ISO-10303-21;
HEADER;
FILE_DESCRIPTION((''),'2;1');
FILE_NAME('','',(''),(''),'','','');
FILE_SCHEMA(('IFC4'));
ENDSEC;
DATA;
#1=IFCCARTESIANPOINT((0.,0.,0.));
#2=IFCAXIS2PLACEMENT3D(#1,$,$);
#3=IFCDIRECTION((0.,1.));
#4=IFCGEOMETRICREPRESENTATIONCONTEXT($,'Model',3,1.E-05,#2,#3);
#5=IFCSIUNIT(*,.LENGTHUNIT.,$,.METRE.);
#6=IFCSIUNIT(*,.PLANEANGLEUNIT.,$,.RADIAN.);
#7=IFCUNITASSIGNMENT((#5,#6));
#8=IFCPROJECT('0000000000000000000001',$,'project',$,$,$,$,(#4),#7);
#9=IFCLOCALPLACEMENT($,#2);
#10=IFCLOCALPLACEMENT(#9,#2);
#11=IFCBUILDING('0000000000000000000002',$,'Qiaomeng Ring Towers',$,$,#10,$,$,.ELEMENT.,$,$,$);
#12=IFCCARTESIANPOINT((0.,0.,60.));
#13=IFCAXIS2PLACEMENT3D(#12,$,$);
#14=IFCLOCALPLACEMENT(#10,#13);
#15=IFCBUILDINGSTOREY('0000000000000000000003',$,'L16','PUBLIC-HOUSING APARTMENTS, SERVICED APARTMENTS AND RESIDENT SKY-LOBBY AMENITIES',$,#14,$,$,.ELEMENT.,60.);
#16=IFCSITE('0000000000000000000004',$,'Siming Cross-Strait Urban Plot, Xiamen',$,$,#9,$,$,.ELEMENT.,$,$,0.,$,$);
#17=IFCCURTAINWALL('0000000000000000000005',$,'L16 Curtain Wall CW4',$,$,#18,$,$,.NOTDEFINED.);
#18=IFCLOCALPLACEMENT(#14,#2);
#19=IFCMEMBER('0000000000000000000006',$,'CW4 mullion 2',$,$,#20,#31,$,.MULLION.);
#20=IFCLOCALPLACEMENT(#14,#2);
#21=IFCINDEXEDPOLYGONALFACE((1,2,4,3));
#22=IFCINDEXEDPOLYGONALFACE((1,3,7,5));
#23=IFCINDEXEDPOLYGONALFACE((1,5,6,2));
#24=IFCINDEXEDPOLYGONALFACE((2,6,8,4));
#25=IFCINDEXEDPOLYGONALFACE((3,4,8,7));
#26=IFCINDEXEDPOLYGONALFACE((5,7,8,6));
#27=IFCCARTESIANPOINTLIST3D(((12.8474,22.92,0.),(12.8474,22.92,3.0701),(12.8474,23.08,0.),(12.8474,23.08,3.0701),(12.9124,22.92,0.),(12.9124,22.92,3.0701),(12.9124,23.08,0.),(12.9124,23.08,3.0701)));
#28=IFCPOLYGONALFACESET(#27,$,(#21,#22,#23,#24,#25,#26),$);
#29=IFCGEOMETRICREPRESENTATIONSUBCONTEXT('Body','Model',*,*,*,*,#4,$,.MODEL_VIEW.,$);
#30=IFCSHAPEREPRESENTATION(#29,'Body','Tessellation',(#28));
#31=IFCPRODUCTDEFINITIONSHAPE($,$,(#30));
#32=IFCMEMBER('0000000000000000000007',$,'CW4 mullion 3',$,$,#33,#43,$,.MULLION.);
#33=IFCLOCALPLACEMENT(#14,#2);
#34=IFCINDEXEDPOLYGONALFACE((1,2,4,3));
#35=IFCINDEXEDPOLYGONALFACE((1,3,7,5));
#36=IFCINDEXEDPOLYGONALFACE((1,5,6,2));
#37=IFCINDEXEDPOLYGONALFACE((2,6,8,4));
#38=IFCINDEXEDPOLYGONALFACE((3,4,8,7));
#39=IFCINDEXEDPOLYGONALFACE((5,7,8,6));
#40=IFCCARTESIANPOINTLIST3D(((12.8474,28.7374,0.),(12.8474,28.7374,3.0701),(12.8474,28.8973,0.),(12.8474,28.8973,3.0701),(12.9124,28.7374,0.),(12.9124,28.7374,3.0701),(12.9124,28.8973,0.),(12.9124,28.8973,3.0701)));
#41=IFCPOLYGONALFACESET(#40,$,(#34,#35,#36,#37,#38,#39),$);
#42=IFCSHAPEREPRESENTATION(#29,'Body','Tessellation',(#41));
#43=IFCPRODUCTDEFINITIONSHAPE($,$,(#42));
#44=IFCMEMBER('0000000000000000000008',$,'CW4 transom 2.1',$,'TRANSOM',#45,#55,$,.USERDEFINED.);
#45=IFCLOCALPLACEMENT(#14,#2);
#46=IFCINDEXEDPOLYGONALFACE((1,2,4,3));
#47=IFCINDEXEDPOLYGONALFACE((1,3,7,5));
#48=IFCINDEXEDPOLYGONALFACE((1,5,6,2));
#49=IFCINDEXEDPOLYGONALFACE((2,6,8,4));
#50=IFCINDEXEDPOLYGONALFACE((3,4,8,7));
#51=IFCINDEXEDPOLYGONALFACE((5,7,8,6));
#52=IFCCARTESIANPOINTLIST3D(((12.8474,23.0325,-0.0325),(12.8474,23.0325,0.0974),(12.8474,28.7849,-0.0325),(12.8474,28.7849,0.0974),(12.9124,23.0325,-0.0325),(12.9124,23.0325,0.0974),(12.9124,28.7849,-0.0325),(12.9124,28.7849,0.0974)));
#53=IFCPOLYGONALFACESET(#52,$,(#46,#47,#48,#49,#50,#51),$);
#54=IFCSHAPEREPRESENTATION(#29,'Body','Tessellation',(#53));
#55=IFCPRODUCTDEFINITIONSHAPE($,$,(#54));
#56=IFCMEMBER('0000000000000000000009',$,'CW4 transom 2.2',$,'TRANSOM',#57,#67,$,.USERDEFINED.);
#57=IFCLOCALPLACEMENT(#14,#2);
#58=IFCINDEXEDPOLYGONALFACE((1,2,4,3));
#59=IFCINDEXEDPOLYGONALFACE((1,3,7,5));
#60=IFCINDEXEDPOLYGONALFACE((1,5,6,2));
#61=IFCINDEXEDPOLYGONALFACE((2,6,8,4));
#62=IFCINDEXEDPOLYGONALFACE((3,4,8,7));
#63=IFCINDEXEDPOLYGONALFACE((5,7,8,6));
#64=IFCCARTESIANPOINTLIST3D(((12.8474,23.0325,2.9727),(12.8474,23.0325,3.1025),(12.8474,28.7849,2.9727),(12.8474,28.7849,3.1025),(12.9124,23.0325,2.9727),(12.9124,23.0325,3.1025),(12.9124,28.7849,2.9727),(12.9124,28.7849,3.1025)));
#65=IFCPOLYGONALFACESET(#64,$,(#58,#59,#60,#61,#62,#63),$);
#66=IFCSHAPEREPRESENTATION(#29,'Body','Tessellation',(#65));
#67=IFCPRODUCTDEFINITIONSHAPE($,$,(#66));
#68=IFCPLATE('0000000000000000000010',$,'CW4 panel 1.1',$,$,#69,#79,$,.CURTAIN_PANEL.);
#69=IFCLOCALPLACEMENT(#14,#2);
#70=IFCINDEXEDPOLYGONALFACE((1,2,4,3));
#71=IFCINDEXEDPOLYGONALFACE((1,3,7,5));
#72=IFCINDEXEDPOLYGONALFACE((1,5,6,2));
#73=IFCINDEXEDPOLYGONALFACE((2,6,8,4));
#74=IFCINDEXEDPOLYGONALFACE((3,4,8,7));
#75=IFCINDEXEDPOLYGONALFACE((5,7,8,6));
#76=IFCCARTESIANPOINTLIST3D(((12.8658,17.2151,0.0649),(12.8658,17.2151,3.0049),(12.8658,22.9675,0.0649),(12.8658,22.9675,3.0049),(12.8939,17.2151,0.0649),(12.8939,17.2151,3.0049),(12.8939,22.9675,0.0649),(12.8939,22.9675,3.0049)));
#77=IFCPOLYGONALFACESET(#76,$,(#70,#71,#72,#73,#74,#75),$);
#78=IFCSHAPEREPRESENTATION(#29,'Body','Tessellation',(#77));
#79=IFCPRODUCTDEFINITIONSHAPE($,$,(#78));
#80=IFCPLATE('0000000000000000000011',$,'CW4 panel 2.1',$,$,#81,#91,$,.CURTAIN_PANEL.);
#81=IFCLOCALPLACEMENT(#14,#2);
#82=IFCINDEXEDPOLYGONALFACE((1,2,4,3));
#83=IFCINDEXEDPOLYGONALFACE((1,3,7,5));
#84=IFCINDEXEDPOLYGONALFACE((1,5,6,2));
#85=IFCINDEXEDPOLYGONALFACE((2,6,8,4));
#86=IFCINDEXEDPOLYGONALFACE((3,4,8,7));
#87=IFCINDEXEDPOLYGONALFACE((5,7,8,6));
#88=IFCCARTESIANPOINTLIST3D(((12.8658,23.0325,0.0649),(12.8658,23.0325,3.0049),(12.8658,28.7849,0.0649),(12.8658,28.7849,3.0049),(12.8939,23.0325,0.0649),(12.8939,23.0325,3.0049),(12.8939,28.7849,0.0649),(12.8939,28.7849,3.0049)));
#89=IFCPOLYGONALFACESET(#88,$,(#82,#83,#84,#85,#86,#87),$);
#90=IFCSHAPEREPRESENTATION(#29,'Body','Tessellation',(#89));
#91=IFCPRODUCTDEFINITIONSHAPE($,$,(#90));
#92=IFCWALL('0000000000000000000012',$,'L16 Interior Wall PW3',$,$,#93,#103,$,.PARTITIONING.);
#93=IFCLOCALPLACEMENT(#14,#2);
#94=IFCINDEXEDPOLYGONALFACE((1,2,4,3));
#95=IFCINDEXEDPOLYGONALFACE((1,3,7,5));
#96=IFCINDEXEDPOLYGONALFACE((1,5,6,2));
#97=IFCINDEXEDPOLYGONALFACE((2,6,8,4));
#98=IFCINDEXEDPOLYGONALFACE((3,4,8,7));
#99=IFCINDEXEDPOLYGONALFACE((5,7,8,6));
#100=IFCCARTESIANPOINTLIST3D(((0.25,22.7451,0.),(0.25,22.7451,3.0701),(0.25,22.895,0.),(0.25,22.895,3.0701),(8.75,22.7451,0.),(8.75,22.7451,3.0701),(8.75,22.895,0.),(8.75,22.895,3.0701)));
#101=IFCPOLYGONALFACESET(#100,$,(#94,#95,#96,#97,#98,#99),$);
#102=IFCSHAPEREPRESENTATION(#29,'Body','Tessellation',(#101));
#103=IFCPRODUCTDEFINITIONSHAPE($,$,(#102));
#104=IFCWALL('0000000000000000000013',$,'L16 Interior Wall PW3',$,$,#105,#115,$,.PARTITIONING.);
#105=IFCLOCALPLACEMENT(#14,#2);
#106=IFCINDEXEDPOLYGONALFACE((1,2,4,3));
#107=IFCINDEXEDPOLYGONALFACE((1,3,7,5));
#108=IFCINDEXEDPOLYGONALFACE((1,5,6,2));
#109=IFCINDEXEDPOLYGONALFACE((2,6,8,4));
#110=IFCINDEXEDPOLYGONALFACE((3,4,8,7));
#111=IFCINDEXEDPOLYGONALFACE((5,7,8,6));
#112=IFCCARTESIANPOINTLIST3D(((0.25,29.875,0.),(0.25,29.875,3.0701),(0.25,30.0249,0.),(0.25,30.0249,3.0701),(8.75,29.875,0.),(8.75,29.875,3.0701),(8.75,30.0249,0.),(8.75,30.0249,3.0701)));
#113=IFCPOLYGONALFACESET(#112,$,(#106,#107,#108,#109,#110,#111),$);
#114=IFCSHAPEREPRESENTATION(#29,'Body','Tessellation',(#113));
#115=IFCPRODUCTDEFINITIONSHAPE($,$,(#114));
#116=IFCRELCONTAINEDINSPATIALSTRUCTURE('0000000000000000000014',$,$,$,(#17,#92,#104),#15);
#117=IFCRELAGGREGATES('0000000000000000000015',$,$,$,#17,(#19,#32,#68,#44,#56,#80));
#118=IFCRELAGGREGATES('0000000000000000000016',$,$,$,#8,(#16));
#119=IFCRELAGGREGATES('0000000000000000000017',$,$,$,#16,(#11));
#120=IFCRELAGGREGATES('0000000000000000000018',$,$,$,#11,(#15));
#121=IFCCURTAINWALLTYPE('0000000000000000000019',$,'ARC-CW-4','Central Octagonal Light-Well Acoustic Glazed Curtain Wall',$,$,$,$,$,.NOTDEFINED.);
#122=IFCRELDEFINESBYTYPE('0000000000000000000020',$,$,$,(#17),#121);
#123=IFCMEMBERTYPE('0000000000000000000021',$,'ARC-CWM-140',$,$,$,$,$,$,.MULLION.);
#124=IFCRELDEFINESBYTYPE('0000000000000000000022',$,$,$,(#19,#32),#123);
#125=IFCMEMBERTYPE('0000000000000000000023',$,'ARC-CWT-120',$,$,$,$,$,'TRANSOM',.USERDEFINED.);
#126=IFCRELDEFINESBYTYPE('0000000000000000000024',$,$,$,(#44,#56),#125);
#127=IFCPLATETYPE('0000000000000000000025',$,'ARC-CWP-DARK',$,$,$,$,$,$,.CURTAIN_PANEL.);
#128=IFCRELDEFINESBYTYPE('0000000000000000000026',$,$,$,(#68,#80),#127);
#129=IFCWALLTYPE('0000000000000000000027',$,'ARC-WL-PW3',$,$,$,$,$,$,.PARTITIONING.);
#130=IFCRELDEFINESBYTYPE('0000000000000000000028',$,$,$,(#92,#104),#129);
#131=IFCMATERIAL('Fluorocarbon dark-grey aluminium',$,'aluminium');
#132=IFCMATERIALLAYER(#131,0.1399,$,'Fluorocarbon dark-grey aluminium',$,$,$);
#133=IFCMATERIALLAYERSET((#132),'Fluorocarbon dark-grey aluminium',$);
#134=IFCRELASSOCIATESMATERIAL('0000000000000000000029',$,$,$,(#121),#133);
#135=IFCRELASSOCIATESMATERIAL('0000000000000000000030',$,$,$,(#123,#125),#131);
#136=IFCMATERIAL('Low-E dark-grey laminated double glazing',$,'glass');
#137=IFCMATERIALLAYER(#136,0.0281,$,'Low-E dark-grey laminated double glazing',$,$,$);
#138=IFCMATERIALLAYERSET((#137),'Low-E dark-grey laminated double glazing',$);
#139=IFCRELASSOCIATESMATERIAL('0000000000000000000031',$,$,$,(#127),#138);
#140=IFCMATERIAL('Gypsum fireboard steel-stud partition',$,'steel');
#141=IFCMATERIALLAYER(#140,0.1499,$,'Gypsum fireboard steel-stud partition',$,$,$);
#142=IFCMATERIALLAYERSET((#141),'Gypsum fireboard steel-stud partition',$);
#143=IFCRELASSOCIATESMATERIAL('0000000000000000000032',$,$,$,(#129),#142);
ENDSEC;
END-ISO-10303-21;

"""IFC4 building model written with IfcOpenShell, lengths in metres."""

from ifc_helpers import new_model, si_unit, direction, frame, frame_2d, origin, origin_2d, place, context, subcontext, project, spatial, rectangle, extrude, source, transform, mapped, material, layer, layer_set, material_profile, profile_set, type_object, element, aggregate, save


model = new_model("IFC4")

# Units and contexts
model_context = context("Model", 3, precision=1e-05, world=origin(), true_north=direction((0.0, 1.0)))
body_context = subcontext(model_context, "Body", "Model", "MODEL_VIEW")
ifc_project = project(units=[si_unit("LENGTHUNIT", "METRE"), si_unit("PLANEANGLEUNIT", "RADIAN")], contexts=[model_context])

# Site, building, storey
site_placement = place(None, origin())
site = spatial("IfcSite", under=ifc_project, at=site_placement, Name="Siming Cross-Strait Urban Plot, Xiamen", CompositionType="ELEMENT", RefElevation=0.0)
building_placement = place(site_placement, origin())
building = spatial("IfcBuilding", under=site, at=building_placement, Name="Qiaomeng Ring Towers", CompositionType="ELEMENT")
storey_placement = place(building_placement, frame((0.0, 0.0, 60.0)))
storey = spatial("IfcBuildingStorey", under=building, at=storey_placement, Name="L16", Description="PUBLIC-HOUSING APARTMENTS, SERVICED APARTMENTS AND RESIDENT SKY-LOBBY AMENITIES", CompositionType="ELEMENT", Elevation=60.0)

# Curtain wall, members, plates
ifc_material_1 = material(Name="Fluorocarbon dark-grey aluminium", Category="aluminium")
ifc_layer_1 = layer(ifc_material_1, 0.1399, Name="Fluorocarbon dark-grey aluminium")
ifc_layer_set_1 = layer_set([ifc_layer_1], Name="Fluorocarbon dark-grey aluminium")
curtain_wall_type = type_object("IfcCurtainWallType", Name="ARC-CW-4", Description="Central Octagonal Light-Well Acoustic Glazed Curtain Wall", PredefinedType="NOTDEFINED", material=ifc_layer_set_1)
curtain_wall_placement = place(storey_placement, origin())
curtain_wall = element("IfcCurtainWall", 1, at=curtain_wall_placement, inside=storey, type_object=curtain_wall_type, Name="L16 Curtain Wall CW4", PredefinedType="NOTDEFINED")
ifc_material_profile_1 = material_profile(ifc_material_1, rectangle(XDim=0.0649, YDim=0.1599, at=origin_2d()), Name="ALU MULL 65x160")
ifc_profile_set_1 = profile_set([ifc_material_profile_1], Name="Fluorocarbon dark-grey aluminium")
member_type_1 = type_object("IfcMemberType", Name="ARC-CWM-140", PredefinedType="MULLION", material=ifc_profile_set_1)
shared_shape_1 = source(origin(), body_context, "Body", "SweptSolid", [
    extrude(rectangle(XDim=0.0649, YDim=0.1599, at=origin_2d()), origin(), (0.0, 0.0, 1.0), 3.0701),
])
member_1_placement = place(storey_placement, frame((12.8799, 23.0, 0.0), z_axis=(0.0, 0.0, 1.0), x_axis=(-1.0, 0.0, 0.0)))
member_1 = element("IfcMember", 2, at=member_1_placement, type_object=member_type_1, Name="CW4 mullion 2", PredefinedType="MULLION", context=body_context, shape_type="MappedRepresentation", body=[
    mapped(shared_shape_1, transform((0.0, 0.0, 0.0), x_axis=(1.0, 0.0, 0.0), y_axis=(0.0, 1.0, 0.0), z_axis=(0.0, 0.0, 1.0), scale=1.0)),
])
member_2_placement = place(storey_placement, frame((12.8799, 28.8174, 0.0), z_axis=(0.0, 0.0, 1.0), x_axis=(-1.0, 0.0, 0.0)))
member_2 = element("IfcMember", 3, at=member_2_placement, type_object=member_type_1, Name="CW4 mullion 3", PredefinedType="MULLION", context=body_context, shape_type="MappedRepresentation", body=[
    mapped(shared_shape_1, transform((0.0, 0.0, 0.0), x_axis=(1.0, 0.0, 0.0), y_axis=(0.0, 1.0, 0.0), z_axis=(0.0, 0.0, 1.0), scale=1.0)),
])
ifc_material_profile_2 = material_profile(ifc_material_1, rectangle(XDim=0.0649, YDim=0.1299, at=origin_2d()), Name="ALU TRAN 65x130")
ifc_profile_set_2 = profile_set([ifc_material_profile_2], Name="Fluorocarbon dark-grey aluminium")
member_type_2 = type_object("IfcMemberType", Name="ARC-CWT-120", ElementType="TRANSOM", PredefinedType="USERDEFINED", material=ifc_profile_set_2)
shared_shape_2 = source(origin(), body_context, "Body", "SweptSolid", [
    extrude(rectangle(XDim=0.0649, YDim=0.1299, at=origin_2d()), origin(), (0.0, 0.0, 1.0), 5.7524),
])
member_3_placement = place(storey_placement, frame((12.8799, 23.0325, 0.0325), z_axis=(0.0, 1.0, 0.0), x_axis=(-1.0, 0.0, 0.0)))
member_3 = element("IfcMember", 4, at=member_3_placement, type_object=member_type_2, Name="CW4 transom 2.1", ObjectType="TRANSOM", PredefinedType="USERDEFINED", context=body_context, shape_type="MappedRepresentation", body=[
    mapped(shared_shape_2, transform((0.0, 0.0, 0.0), x_axis=(1.0, 0.0, 0.0), y_axis=(0.0, 1.0, 0.0), z_axis=(0.0, 0.0, 1.0), scale=1.0)),
])
member_4_placement = place(storey_placement, frame((12.8799, 23.0325, 3.0376), z_axis=(0.0, 1.0, 0.0), x_axis=(-1.0, 0.0, 0.0)))
member_4 = element("IfcMember", 5, at=member_4_placement, type_object=member_type_2, Name="CW4 transom 2.2", ObjectType="TRANSOM", PredefinedType="USERDEFINED", context=body_context, shape_type="MappedRepresentation", body=[
    mapped(shared_shape_2, transform((0.0, 0.0, 0.0), x_axis=(1.0, 0.0, 0.0), y_axis=(0.0, 1.0, 0.0), z_axis=(0.0, 0.0, 1.0), scale=1.0)),
])
ifc_material_2 = material(Name="Low-E dark-grey laminated double glazing", Category="glass")
ifc_layer_2 = layer(ifc_material_2, 0.0281, Name="Low-E dark-grey laminated double glazing")
ifc_layer_set_2 = layer_set([ifc_layer_2], Name="Low-E dark-grey laminated double glazing")
plate_type = type_object("IfcPlateType", Name="ARC-CWP-DARK", PredefinedType="CURTAIN_PANEL", material=ifc_layer_set_2)
shared_shape_3 = source(origin(), body_context, "Body", "SweptSolid", [
    extrude(rectangle(XDim=5.7524, YDim=0.0281, at=origin_2d()), origin(), (0.0, 0.0, 1.0), 2.9399),
])
plate_1_placement = place(storey_placement, frame((12.8799, 20.0913, 0.0649), z_axis=(0.0, 0.0, 1.0), x_axis=(0.0, 1.0, 0.0)))
plate_1 = element("IfcPlate", 6, at=plate_1_placement, type_object=plate_type, Name="CW4 panel 1.1", PredefinedType="CURTAIN_PANEL", context=body_context, shape_type="MappedRepresentation", body=[
    mapped(shared_shape_3, transform((0.0, 0.0, 0.0), x_axis=(1.0, 0.0, 0.0), y_axis=(0.0, 1.0, 0.0), z_axis=(0.0, 0.0, 1.0), scale=1.0)),
])
plate_2_placement = place(storey_placement, frame((12.8799, 25.9087, 0.0649), z_axis=(0.0, 0.0, 1.0), x_axis=(0.0, 1.0, 0.0)))
plate_2 = element("IfcPlate", 7, at=plate_2_placement, type_object=plate_type, Name="CW4 panel 2.1", PredefinedType="CURTAIN_PANEL", context=body_context, shape_type="MappedRepresentation", body=[
    mapped(shared_shape_3, transform((0.0, 0.0, 0.0), x_axis=(1.0, 0.0, 0.0), y_axis=(0.0, 1.0, 0.0), z_axis=(0.0, 0.0, 1.0), scale=1.0)),
])
aggregate(curtain_wall, [member_1, member_2, plate_1, member_3, member_4, plate_2])

# Walls
ifc_material_3 = material(Name="Gypsum fireboard steel-stud partition", Category="steel")
ifc_layer_3 = layer(ifc_material_3, 0.1499, Name="Gypsum fireboard steel-stud partition")
ifc_layer_set_3 = layer_set([ifc_layer_3], Name="Gypsum fireboard steel-stud partition")
wall_type_1 = type_object("IfcWallType", Name="ARC-WL-PW3", PredefinedType="PARTITIONING", material=ifc_layer_set_3)
for number, where, z_axis, x_axis, name in (
    (8, (0.25, 22.8201, 0.0), (0.0, 0.0, 1.0), (1.0, 0.0, 0.0), "L16 Interior Wall PW3"),
    (9, (0.25, 29.95, 0.0), (0.0, 0.0, 1.0), (1.0, 0.0, 0.0), "L16 Interior Wall PW3"),
):
    element("IfcWall", number, at=place(storey_placement, frame(where, z_axis=z_axis, x_axis=x_axis)), inside=storey, type_object=wall_type_1, Name=name, PredefinedType="PARTITIONING", context=body_context, shape_type="SweptSolid", body=[
        extrude(rectangle(XDim=8.5, YDim=0.1499, at=frame_2d((4.25, 0.0))), origin(), (0.0, 0.0, 1.0), 3.0701),
    ])

save(model, "model.ifc")
